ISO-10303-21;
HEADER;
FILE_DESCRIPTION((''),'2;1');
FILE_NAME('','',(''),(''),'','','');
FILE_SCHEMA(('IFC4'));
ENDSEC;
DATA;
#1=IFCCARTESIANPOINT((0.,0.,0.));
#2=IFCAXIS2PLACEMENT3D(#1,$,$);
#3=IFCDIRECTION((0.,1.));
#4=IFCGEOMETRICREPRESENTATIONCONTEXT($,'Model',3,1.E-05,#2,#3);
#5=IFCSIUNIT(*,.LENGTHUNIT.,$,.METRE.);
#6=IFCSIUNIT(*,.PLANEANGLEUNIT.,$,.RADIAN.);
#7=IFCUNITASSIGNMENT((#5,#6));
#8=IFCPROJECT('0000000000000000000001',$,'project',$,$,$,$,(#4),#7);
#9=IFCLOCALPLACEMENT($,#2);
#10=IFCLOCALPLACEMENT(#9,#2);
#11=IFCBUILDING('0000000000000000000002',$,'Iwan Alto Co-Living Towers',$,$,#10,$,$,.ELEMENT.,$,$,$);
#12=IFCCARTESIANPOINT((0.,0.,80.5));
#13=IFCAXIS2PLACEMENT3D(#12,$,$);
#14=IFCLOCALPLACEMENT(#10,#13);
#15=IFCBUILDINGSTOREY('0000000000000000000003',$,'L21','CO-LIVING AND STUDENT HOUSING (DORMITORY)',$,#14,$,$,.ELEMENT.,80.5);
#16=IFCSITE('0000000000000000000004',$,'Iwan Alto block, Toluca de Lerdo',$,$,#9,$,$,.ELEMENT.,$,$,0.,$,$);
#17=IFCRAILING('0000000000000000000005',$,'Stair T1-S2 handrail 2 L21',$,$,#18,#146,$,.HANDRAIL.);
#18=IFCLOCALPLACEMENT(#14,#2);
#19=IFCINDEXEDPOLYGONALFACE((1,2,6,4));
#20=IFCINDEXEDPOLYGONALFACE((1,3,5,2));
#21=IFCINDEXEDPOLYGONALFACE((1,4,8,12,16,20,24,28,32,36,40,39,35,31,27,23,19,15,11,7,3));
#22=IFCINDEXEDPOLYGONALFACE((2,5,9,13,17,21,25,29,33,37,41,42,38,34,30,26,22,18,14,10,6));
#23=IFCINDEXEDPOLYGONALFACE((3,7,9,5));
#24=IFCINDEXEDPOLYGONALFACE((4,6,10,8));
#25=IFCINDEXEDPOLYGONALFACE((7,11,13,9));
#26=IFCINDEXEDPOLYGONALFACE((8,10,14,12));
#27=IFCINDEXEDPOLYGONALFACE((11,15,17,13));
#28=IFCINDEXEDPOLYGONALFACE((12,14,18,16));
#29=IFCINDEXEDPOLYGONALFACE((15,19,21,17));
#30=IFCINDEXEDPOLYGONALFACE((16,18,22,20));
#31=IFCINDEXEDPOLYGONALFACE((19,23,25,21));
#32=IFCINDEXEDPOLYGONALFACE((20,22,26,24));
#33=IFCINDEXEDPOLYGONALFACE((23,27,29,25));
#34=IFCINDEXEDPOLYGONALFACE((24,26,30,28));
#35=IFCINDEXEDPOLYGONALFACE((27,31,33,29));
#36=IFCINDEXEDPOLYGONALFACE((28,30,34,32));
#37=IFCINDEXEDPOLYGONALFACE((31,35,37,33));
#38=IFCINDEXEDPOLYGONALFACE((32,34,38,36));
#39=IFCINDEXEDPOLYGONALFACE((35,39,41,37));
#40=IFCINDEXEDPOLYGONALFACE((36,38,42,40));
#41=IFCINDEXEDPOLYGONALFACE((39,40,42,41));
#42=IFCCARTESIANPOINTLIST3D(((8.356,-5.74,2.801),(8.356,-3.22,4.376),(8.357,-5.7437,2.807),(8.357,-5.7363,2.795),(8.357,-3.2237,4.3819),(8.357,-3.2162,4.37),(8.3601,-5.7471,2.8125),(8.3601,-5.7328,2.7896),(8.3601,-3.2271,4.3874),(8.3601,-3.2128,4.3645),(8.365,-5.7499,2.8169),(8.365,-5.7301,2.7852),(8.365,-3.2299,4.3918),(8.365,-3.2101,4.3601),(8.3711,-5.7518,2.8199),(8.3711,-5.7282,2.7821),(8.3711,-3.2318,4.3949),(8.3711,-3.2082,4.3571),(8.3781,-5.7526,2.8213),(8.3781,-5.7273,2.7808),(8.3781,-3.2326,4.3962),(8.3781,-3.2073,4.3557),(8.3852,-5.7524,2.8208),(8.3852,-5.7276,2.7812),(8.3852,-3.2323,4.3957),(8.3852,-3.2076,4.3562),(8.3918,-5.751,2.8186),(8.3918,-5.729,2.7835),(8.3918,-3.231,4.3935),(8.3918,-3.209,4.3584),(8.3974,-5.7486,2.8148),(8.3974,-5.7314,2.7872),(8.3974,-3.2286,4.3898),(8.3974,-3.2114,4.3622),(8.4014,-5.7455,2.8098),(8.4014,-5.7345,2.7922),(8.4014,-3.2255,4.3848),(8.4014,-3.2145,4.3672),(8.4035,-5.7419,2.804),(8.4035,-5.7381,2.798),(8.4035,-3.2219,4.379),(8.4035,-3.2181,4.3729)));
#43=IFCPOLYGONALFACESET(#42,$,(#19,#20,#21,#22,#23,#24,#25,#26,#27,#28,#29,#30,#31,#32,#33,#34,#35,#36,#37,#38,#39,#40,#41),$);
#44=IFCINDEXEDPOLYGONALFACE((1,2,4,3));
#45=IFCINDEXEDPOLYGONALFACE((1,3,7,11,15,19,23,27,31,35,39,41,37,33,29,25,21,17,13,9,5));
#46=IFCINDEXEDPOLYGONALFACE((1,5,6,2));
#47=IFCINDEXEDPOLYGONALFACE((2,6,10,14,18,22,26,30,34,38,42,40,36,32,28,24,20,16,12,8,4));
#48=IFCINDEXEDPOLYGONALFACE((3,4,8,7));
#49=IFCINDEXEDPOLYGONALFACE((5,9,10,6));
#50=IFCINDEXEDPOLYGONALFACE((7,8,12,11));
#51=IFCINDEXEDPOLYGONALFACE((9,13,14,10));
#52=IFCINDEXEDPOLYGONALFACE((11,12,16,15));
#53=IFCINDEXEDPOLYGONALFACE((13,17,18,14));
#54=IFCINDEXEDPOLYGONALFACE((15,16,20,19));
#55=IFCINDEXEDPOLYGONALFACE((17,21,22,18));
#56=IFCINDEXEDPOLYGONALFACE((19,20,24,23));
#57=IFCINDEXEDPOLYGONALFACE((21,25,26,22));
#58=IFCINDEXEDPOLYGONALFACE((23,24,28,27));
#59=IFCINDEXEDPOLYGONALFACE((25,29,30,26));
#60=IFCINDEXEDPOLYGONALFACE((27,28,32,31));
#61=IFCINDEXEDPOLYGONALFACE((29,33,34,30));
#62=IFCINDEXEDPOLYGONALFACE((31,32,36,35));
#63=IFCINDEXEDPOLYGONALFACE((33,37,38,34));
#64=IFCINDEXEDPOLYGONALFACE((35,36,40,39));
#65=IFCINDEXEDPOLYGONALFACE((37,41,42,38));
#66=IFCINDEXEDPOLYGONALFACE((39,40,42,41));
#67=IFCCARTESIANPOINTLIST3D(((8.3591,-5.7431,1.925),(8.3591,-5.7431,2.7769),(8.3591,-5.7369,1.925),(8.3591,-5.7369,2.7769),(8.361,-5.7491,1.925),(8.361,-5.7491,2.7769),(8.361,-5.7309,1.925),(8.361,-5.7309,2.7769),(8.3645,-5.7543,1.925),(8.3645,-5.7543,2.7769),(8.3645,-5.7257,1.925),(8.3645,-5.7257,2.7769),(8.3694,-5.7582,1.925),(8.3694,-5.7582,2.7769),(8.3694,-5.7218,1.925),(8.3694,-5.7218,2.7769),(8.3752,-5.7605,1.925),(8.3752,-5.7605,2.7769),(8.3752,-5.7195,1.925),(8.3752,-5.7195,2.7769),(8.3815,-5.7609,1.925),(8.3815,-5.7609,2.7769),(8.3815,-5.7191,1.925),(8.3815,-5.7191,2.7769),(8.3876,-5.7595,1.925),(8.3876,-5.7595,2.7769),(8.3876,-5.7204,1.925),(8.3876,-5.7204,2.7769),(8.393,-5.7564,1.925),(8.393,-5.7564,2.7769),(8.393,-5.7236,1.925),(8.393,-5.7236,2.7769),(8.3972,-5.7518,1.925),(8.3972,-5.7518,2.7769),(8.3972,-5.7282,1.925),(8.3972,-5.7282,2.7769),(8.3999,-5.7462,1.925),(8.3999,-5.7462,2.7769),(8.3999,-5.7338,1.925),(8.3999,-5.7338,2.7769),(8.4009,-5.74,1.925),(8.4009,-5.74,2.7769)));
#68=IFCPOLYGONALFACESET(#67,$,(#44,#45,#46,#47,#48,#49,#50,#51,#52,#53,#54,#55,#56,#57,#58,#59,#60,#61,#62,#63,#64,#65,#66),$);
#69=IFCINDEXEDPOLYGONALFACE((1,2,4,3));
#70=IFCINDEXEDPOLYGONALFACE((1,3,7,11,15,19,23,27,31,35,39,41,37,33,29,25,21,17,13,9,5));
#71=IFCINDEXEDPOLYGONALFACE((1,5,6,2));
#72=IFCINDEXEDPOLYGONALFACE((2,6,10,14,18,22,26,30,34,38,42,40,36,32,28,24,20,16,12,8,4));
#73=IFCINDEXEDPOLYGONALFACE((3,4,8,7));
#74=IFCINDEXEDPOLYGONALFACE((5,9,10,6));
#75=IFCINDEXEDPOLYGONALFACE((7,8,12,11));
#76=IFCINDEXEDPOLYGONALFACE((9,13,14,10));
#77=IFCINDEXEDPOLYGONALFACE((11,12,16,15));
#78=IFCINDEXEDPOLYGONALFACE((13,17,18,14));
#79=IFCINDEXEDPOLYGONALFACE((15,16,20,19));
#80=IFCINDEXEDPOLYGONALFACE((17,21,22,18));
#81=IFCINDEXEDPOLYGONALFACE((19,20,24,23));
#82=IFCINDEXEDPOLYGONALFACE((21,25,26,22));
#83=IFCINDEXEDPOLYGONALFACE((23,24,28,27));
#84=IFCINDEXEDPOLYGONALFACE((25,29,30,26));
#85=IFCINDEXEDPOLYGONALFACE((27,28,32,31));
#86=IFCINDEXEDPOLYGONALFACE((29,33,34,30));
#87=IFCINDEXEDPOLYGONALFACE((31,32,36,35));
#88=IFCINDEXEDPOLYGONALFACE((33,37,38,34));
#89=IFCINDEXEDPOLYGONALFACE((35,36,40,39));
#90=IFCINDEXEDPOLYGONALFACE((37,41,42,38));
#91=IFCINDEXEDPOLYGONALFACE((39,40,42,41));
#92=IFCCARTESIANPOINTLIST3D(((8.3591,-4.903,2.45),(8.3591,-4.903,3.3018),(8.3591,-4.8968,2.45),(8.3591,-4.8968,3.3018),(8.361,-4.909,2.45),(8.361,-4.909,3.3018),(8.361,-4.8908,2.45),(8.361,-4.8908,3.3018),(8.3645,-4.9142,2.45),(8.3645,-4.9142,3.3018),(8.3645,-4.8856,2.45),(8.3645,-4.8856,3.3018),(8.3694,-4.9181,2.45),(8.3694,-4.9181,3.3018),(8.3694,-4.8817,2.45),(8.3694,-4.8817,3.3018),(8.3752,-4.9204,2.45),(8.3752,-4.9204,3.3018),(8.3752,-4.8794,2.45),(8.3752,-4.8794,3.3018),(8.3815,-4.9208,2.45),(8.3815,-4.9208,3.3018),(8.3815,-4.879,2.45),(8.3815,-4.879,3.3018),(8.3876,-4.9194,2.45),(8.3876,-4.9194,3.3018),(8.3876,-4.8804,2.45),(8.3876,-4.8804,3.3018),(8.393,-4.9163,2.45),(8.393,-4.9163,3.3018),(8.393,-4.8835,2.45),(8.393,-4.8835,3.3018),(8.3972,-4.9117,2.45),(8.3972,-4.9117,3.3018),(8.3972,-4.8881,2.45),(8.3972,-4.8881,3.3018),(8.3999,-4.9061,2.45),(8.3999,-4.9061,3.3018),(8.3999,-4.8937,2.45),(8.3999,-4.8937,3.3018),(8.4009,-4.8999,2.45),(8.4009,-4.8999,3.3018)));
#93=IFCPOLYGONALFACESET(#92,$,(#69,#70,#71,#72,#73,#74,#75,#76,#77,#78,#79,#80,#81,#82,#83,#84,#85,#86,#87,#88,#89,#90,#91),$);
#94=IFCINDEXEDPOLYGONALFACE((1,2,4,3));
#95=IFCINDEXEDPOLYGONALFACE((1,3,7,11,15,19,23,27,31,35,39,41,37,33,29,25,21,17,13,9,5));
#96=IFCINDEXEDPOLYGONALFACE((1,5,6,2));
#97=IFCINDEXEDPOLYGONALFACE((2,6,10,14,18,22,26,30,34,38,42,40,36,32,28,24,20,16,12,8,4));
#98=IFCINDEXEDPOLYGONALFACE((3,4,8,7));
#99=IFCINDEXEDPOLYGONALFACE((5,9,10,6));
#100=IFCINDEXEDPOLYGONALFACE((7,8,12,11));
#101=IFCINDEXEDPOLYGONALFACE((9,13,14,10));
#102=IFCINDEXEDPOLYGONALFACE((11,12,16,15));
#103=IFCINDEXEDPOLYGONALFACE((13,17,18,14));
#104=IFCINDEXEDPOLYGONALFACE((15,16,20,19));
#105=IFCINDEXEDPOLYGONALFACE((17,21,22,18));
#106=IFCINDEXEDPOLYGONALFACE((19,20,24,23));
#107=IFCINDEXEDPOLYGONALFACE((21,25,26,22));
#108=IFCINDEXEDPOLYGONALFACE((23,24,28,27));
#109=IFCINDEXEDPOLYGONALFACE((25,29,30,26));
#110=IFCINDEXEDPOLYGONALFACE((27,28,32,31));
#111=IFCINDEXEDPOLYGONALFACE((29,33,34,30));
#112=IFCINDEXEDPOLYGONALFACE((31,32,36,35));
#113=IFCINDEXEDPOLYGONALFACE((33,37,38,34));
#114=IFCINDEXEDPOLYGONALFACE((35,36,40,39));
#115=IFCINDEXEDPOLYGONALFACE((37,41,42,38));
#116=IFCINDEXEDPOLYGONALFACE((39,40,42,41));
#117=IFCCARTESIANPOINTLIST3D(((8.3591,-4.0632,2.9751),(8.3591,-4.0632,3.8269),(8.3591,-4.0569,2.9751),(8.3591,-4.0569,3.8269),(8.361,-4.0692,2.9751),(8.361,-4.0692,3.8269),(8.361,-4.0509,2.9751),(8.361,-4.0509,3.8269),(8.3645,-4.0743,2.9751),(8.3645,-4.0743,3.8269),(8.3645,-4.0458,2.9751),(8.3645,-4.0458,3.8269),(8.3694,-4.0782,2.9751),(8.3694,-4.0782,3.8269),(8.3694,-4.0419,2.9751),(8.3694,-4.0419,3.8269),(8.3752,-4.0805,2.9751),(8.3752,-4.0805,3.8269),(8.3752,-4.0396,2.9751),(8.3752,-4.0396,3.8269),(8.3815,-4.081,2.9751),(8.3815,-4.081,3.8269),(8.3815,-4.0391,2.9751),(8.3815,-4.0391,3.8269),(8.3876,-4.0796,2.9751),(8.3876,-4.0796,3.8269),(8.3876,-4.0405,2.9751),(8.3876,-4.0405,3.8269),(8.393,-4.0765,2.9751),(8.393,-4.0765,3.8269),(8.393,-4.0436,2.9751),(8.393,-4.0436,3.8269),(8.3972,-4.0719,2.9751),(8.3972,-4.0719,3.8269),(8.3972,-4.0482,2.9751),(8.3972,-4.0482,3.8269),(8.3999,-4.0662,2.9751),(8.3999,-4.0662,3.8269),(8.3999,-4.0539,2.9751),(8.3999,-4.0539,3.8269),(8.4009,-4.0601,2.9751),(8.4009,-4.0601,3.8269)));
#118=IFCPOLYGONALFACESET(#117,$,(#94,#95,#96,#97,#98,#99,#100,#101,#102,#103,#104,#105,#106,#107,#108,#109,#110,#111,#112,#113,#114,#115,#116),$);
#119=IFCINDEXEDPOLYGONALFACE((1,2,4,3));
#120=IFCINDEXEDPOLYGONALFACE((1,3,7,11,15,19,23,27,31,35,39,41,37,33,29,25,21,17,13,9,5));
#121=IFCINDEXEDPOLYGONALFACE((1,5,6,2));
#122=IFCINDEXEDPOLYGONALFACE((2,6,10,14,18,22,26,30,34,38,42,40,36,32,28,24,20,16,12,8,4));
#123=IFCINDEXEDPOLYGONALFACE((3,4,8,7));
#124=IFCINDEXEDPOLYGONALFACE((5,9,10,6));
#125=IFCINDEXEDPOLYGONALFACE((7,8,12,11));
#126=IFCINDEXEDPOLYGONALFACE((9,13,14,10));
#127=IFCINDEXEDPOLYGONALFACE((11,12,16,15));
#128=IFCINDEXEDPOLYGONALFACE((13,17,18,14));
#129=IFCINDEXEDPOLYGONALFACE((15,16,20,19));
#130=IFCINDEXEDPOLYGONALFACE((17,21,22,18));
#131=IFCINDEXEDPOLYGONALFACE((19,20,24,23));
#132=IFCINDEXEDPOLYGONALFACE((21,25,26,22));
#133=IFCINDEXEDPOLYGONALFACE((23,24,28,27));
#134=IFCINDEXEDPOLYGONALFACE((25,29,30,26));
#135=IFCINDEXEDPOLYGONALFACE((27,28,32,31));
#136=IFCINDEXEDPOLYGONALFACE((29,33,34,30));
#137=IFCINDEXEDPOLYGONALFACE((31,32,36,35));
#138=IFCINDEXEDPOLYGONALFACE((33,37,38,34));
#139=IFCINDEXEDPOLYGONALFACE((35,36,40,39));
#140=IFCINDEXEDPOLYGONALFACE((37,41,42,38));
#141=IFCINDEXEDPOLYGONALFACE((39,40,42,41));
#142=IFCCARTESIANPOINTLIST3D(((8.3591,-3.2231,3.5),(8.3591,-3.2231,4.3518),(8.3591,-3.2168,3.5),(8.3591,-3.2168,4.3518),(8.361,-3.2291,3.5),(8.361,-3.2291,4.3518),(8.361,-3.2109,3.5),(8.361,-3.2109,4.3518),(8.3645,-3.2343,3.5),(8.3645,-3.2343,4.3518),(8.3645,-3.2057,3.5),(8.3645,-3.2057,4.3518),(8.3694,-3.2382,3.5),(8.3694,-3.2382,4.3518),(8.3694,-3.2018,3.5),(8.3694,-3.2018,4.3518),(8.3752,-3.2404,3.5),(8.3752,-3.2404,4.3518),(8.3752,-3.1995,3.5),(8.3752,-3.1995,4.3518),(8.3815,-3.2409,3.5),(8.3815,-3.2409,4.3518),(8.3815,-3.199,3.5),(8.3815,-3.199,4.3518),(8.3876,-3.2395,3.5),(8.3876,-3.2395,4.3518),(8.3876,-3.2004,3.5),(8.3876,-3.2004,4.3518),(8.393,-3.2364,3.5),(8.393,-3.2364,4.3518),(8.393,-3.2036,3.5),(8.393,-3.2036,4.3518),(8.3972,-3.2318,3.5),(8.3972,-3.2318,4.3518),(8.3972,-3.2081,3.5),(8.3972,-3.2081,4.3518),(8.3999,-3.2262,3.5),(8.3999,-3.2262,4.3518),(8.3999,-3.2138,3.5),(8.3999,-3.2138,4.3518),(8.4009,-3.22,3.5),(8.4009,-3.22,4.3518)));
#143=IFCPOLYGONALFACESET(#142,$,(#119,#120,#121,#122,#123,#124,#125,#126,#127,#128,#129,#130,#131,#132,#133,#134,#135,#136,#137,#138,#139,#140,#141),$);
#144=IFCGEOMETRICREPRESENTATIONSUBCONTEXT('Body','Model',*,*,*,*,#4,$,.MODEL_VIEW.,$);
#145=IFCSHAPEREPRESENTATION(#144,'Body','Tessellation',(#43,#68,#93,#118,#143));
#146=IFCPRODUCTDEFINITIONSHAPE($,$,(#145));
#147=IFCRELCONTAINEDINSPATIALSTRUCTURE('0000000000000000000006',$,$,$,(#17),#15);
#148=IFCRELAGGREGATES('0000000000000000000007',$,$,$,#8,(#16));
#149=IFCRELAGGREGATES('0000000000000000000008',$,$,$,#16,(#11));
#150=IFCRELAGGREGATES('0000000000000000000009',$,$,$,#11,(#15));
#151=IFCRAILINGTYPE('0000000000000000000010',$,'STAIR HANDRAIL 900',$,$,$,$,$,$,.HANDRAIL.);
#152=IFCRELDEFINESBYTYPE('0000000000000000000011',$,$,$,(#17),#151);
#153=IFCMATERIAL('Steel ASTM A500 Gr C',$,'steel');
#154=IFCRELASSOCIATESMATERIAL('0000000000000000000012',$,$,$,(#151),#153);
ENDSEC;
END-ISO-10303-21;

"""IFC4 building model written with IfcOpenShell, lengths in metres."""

from ifc_helpers import new_model, si_unit, direction, frame, origin, origin_2d, place, context, subcontext, project, spatial, circle, extrude, material, type_object, element, save


model = new_model("IFC4")

# Units and contexts
model_context = context("Model", 3, precision=1e-05, world=origin(), true_north=direction((0.0, 1.0)))
body_context = subcontext(model_context, "Body", "Model", "MODEL_VIEW")
ifc_project = project(units=[si_unit("LENGTHUNIT", "METRE"), si_unit("PLANEANGLEUNIT", "RADIAN")], contexts=[model_context])

# Site, building, storey
site_placement = place(None, origin())
site = spatial("IfcSite", under=ifc_project, at=site_placement, Name="Iwan Alto block, Toluca de Lerdo", CompositionType="ELEMENT", RefElevation=0.0)
building_placement = place(site_placement, origin())
building = spatial("IfcBuilding", under=site, at=building_placement, Name="Iwan Alto Co-Living Towers", CompositionType="ELEMENT")
storey_placement = place(building_placement, frame((0.0, 0.0, 80.5)))
storey = spatial("IfcBuildingStorey", under=building, at=storey_placement, Name="L21", Description="CO-LIVING AND STUDENT HOUSING (DORMITORY)", CompositionType="ELEMENT", Elevation=80.5)

# Railing
ifc_material_1 = material(Name="Steel ASTM A500 Gr C", Category="steel")
railing_type_1 = type_object("IfcRailingType", Name="STAIR HANDRAIL 900", PredefinedType="HANDRAIL", material=ifc_material_1)
railing_1_placement = place(storey_placement, frame((8.3799, -5.74, 1.925)))
element("IfcRailing", 1, at=railing_1_placement, inside=storey, type_object=railing_type_1, Name="Stair T1-S2 handrail 2 L21", PredefinedType="HANDRAIL", context=body_context, shape_type="SweptSolid", body=[
    extrude(circle(Radius=0.0239, at=origin_2d()), frame((0.0, 0.0, 0.876), z_axis=(0.0, 0.848008, 0.529984), x_axis=(-1.0, 0.0, 0.0)), (0.0, 0.0, 1.0), 2.9717),
    extrude(circle(Radius=0.021, at=origin_2d()), origin(), (0.0, 0.0, 1.0), 0.8518),
    extrude(circle(Radius=0.021, at=origin_2d()), frame((0.0, 0.8401, 0.5249)), (0.0, 0.0, 1.0), 0.8518),
    extrude(circle(Radius=0.021, at=origin_2d()), frame((0.0, 1.6799, 1.05)), (0.0, 0.0, 1.0), 0.8518),
    extrude(circle(Radius=0.021, at=origin_2d()), frame((0.0, 2.52, 1.575)), (0.0, 0.0, 1.0), 0.8518),
])

save(model, "model.ifc")
